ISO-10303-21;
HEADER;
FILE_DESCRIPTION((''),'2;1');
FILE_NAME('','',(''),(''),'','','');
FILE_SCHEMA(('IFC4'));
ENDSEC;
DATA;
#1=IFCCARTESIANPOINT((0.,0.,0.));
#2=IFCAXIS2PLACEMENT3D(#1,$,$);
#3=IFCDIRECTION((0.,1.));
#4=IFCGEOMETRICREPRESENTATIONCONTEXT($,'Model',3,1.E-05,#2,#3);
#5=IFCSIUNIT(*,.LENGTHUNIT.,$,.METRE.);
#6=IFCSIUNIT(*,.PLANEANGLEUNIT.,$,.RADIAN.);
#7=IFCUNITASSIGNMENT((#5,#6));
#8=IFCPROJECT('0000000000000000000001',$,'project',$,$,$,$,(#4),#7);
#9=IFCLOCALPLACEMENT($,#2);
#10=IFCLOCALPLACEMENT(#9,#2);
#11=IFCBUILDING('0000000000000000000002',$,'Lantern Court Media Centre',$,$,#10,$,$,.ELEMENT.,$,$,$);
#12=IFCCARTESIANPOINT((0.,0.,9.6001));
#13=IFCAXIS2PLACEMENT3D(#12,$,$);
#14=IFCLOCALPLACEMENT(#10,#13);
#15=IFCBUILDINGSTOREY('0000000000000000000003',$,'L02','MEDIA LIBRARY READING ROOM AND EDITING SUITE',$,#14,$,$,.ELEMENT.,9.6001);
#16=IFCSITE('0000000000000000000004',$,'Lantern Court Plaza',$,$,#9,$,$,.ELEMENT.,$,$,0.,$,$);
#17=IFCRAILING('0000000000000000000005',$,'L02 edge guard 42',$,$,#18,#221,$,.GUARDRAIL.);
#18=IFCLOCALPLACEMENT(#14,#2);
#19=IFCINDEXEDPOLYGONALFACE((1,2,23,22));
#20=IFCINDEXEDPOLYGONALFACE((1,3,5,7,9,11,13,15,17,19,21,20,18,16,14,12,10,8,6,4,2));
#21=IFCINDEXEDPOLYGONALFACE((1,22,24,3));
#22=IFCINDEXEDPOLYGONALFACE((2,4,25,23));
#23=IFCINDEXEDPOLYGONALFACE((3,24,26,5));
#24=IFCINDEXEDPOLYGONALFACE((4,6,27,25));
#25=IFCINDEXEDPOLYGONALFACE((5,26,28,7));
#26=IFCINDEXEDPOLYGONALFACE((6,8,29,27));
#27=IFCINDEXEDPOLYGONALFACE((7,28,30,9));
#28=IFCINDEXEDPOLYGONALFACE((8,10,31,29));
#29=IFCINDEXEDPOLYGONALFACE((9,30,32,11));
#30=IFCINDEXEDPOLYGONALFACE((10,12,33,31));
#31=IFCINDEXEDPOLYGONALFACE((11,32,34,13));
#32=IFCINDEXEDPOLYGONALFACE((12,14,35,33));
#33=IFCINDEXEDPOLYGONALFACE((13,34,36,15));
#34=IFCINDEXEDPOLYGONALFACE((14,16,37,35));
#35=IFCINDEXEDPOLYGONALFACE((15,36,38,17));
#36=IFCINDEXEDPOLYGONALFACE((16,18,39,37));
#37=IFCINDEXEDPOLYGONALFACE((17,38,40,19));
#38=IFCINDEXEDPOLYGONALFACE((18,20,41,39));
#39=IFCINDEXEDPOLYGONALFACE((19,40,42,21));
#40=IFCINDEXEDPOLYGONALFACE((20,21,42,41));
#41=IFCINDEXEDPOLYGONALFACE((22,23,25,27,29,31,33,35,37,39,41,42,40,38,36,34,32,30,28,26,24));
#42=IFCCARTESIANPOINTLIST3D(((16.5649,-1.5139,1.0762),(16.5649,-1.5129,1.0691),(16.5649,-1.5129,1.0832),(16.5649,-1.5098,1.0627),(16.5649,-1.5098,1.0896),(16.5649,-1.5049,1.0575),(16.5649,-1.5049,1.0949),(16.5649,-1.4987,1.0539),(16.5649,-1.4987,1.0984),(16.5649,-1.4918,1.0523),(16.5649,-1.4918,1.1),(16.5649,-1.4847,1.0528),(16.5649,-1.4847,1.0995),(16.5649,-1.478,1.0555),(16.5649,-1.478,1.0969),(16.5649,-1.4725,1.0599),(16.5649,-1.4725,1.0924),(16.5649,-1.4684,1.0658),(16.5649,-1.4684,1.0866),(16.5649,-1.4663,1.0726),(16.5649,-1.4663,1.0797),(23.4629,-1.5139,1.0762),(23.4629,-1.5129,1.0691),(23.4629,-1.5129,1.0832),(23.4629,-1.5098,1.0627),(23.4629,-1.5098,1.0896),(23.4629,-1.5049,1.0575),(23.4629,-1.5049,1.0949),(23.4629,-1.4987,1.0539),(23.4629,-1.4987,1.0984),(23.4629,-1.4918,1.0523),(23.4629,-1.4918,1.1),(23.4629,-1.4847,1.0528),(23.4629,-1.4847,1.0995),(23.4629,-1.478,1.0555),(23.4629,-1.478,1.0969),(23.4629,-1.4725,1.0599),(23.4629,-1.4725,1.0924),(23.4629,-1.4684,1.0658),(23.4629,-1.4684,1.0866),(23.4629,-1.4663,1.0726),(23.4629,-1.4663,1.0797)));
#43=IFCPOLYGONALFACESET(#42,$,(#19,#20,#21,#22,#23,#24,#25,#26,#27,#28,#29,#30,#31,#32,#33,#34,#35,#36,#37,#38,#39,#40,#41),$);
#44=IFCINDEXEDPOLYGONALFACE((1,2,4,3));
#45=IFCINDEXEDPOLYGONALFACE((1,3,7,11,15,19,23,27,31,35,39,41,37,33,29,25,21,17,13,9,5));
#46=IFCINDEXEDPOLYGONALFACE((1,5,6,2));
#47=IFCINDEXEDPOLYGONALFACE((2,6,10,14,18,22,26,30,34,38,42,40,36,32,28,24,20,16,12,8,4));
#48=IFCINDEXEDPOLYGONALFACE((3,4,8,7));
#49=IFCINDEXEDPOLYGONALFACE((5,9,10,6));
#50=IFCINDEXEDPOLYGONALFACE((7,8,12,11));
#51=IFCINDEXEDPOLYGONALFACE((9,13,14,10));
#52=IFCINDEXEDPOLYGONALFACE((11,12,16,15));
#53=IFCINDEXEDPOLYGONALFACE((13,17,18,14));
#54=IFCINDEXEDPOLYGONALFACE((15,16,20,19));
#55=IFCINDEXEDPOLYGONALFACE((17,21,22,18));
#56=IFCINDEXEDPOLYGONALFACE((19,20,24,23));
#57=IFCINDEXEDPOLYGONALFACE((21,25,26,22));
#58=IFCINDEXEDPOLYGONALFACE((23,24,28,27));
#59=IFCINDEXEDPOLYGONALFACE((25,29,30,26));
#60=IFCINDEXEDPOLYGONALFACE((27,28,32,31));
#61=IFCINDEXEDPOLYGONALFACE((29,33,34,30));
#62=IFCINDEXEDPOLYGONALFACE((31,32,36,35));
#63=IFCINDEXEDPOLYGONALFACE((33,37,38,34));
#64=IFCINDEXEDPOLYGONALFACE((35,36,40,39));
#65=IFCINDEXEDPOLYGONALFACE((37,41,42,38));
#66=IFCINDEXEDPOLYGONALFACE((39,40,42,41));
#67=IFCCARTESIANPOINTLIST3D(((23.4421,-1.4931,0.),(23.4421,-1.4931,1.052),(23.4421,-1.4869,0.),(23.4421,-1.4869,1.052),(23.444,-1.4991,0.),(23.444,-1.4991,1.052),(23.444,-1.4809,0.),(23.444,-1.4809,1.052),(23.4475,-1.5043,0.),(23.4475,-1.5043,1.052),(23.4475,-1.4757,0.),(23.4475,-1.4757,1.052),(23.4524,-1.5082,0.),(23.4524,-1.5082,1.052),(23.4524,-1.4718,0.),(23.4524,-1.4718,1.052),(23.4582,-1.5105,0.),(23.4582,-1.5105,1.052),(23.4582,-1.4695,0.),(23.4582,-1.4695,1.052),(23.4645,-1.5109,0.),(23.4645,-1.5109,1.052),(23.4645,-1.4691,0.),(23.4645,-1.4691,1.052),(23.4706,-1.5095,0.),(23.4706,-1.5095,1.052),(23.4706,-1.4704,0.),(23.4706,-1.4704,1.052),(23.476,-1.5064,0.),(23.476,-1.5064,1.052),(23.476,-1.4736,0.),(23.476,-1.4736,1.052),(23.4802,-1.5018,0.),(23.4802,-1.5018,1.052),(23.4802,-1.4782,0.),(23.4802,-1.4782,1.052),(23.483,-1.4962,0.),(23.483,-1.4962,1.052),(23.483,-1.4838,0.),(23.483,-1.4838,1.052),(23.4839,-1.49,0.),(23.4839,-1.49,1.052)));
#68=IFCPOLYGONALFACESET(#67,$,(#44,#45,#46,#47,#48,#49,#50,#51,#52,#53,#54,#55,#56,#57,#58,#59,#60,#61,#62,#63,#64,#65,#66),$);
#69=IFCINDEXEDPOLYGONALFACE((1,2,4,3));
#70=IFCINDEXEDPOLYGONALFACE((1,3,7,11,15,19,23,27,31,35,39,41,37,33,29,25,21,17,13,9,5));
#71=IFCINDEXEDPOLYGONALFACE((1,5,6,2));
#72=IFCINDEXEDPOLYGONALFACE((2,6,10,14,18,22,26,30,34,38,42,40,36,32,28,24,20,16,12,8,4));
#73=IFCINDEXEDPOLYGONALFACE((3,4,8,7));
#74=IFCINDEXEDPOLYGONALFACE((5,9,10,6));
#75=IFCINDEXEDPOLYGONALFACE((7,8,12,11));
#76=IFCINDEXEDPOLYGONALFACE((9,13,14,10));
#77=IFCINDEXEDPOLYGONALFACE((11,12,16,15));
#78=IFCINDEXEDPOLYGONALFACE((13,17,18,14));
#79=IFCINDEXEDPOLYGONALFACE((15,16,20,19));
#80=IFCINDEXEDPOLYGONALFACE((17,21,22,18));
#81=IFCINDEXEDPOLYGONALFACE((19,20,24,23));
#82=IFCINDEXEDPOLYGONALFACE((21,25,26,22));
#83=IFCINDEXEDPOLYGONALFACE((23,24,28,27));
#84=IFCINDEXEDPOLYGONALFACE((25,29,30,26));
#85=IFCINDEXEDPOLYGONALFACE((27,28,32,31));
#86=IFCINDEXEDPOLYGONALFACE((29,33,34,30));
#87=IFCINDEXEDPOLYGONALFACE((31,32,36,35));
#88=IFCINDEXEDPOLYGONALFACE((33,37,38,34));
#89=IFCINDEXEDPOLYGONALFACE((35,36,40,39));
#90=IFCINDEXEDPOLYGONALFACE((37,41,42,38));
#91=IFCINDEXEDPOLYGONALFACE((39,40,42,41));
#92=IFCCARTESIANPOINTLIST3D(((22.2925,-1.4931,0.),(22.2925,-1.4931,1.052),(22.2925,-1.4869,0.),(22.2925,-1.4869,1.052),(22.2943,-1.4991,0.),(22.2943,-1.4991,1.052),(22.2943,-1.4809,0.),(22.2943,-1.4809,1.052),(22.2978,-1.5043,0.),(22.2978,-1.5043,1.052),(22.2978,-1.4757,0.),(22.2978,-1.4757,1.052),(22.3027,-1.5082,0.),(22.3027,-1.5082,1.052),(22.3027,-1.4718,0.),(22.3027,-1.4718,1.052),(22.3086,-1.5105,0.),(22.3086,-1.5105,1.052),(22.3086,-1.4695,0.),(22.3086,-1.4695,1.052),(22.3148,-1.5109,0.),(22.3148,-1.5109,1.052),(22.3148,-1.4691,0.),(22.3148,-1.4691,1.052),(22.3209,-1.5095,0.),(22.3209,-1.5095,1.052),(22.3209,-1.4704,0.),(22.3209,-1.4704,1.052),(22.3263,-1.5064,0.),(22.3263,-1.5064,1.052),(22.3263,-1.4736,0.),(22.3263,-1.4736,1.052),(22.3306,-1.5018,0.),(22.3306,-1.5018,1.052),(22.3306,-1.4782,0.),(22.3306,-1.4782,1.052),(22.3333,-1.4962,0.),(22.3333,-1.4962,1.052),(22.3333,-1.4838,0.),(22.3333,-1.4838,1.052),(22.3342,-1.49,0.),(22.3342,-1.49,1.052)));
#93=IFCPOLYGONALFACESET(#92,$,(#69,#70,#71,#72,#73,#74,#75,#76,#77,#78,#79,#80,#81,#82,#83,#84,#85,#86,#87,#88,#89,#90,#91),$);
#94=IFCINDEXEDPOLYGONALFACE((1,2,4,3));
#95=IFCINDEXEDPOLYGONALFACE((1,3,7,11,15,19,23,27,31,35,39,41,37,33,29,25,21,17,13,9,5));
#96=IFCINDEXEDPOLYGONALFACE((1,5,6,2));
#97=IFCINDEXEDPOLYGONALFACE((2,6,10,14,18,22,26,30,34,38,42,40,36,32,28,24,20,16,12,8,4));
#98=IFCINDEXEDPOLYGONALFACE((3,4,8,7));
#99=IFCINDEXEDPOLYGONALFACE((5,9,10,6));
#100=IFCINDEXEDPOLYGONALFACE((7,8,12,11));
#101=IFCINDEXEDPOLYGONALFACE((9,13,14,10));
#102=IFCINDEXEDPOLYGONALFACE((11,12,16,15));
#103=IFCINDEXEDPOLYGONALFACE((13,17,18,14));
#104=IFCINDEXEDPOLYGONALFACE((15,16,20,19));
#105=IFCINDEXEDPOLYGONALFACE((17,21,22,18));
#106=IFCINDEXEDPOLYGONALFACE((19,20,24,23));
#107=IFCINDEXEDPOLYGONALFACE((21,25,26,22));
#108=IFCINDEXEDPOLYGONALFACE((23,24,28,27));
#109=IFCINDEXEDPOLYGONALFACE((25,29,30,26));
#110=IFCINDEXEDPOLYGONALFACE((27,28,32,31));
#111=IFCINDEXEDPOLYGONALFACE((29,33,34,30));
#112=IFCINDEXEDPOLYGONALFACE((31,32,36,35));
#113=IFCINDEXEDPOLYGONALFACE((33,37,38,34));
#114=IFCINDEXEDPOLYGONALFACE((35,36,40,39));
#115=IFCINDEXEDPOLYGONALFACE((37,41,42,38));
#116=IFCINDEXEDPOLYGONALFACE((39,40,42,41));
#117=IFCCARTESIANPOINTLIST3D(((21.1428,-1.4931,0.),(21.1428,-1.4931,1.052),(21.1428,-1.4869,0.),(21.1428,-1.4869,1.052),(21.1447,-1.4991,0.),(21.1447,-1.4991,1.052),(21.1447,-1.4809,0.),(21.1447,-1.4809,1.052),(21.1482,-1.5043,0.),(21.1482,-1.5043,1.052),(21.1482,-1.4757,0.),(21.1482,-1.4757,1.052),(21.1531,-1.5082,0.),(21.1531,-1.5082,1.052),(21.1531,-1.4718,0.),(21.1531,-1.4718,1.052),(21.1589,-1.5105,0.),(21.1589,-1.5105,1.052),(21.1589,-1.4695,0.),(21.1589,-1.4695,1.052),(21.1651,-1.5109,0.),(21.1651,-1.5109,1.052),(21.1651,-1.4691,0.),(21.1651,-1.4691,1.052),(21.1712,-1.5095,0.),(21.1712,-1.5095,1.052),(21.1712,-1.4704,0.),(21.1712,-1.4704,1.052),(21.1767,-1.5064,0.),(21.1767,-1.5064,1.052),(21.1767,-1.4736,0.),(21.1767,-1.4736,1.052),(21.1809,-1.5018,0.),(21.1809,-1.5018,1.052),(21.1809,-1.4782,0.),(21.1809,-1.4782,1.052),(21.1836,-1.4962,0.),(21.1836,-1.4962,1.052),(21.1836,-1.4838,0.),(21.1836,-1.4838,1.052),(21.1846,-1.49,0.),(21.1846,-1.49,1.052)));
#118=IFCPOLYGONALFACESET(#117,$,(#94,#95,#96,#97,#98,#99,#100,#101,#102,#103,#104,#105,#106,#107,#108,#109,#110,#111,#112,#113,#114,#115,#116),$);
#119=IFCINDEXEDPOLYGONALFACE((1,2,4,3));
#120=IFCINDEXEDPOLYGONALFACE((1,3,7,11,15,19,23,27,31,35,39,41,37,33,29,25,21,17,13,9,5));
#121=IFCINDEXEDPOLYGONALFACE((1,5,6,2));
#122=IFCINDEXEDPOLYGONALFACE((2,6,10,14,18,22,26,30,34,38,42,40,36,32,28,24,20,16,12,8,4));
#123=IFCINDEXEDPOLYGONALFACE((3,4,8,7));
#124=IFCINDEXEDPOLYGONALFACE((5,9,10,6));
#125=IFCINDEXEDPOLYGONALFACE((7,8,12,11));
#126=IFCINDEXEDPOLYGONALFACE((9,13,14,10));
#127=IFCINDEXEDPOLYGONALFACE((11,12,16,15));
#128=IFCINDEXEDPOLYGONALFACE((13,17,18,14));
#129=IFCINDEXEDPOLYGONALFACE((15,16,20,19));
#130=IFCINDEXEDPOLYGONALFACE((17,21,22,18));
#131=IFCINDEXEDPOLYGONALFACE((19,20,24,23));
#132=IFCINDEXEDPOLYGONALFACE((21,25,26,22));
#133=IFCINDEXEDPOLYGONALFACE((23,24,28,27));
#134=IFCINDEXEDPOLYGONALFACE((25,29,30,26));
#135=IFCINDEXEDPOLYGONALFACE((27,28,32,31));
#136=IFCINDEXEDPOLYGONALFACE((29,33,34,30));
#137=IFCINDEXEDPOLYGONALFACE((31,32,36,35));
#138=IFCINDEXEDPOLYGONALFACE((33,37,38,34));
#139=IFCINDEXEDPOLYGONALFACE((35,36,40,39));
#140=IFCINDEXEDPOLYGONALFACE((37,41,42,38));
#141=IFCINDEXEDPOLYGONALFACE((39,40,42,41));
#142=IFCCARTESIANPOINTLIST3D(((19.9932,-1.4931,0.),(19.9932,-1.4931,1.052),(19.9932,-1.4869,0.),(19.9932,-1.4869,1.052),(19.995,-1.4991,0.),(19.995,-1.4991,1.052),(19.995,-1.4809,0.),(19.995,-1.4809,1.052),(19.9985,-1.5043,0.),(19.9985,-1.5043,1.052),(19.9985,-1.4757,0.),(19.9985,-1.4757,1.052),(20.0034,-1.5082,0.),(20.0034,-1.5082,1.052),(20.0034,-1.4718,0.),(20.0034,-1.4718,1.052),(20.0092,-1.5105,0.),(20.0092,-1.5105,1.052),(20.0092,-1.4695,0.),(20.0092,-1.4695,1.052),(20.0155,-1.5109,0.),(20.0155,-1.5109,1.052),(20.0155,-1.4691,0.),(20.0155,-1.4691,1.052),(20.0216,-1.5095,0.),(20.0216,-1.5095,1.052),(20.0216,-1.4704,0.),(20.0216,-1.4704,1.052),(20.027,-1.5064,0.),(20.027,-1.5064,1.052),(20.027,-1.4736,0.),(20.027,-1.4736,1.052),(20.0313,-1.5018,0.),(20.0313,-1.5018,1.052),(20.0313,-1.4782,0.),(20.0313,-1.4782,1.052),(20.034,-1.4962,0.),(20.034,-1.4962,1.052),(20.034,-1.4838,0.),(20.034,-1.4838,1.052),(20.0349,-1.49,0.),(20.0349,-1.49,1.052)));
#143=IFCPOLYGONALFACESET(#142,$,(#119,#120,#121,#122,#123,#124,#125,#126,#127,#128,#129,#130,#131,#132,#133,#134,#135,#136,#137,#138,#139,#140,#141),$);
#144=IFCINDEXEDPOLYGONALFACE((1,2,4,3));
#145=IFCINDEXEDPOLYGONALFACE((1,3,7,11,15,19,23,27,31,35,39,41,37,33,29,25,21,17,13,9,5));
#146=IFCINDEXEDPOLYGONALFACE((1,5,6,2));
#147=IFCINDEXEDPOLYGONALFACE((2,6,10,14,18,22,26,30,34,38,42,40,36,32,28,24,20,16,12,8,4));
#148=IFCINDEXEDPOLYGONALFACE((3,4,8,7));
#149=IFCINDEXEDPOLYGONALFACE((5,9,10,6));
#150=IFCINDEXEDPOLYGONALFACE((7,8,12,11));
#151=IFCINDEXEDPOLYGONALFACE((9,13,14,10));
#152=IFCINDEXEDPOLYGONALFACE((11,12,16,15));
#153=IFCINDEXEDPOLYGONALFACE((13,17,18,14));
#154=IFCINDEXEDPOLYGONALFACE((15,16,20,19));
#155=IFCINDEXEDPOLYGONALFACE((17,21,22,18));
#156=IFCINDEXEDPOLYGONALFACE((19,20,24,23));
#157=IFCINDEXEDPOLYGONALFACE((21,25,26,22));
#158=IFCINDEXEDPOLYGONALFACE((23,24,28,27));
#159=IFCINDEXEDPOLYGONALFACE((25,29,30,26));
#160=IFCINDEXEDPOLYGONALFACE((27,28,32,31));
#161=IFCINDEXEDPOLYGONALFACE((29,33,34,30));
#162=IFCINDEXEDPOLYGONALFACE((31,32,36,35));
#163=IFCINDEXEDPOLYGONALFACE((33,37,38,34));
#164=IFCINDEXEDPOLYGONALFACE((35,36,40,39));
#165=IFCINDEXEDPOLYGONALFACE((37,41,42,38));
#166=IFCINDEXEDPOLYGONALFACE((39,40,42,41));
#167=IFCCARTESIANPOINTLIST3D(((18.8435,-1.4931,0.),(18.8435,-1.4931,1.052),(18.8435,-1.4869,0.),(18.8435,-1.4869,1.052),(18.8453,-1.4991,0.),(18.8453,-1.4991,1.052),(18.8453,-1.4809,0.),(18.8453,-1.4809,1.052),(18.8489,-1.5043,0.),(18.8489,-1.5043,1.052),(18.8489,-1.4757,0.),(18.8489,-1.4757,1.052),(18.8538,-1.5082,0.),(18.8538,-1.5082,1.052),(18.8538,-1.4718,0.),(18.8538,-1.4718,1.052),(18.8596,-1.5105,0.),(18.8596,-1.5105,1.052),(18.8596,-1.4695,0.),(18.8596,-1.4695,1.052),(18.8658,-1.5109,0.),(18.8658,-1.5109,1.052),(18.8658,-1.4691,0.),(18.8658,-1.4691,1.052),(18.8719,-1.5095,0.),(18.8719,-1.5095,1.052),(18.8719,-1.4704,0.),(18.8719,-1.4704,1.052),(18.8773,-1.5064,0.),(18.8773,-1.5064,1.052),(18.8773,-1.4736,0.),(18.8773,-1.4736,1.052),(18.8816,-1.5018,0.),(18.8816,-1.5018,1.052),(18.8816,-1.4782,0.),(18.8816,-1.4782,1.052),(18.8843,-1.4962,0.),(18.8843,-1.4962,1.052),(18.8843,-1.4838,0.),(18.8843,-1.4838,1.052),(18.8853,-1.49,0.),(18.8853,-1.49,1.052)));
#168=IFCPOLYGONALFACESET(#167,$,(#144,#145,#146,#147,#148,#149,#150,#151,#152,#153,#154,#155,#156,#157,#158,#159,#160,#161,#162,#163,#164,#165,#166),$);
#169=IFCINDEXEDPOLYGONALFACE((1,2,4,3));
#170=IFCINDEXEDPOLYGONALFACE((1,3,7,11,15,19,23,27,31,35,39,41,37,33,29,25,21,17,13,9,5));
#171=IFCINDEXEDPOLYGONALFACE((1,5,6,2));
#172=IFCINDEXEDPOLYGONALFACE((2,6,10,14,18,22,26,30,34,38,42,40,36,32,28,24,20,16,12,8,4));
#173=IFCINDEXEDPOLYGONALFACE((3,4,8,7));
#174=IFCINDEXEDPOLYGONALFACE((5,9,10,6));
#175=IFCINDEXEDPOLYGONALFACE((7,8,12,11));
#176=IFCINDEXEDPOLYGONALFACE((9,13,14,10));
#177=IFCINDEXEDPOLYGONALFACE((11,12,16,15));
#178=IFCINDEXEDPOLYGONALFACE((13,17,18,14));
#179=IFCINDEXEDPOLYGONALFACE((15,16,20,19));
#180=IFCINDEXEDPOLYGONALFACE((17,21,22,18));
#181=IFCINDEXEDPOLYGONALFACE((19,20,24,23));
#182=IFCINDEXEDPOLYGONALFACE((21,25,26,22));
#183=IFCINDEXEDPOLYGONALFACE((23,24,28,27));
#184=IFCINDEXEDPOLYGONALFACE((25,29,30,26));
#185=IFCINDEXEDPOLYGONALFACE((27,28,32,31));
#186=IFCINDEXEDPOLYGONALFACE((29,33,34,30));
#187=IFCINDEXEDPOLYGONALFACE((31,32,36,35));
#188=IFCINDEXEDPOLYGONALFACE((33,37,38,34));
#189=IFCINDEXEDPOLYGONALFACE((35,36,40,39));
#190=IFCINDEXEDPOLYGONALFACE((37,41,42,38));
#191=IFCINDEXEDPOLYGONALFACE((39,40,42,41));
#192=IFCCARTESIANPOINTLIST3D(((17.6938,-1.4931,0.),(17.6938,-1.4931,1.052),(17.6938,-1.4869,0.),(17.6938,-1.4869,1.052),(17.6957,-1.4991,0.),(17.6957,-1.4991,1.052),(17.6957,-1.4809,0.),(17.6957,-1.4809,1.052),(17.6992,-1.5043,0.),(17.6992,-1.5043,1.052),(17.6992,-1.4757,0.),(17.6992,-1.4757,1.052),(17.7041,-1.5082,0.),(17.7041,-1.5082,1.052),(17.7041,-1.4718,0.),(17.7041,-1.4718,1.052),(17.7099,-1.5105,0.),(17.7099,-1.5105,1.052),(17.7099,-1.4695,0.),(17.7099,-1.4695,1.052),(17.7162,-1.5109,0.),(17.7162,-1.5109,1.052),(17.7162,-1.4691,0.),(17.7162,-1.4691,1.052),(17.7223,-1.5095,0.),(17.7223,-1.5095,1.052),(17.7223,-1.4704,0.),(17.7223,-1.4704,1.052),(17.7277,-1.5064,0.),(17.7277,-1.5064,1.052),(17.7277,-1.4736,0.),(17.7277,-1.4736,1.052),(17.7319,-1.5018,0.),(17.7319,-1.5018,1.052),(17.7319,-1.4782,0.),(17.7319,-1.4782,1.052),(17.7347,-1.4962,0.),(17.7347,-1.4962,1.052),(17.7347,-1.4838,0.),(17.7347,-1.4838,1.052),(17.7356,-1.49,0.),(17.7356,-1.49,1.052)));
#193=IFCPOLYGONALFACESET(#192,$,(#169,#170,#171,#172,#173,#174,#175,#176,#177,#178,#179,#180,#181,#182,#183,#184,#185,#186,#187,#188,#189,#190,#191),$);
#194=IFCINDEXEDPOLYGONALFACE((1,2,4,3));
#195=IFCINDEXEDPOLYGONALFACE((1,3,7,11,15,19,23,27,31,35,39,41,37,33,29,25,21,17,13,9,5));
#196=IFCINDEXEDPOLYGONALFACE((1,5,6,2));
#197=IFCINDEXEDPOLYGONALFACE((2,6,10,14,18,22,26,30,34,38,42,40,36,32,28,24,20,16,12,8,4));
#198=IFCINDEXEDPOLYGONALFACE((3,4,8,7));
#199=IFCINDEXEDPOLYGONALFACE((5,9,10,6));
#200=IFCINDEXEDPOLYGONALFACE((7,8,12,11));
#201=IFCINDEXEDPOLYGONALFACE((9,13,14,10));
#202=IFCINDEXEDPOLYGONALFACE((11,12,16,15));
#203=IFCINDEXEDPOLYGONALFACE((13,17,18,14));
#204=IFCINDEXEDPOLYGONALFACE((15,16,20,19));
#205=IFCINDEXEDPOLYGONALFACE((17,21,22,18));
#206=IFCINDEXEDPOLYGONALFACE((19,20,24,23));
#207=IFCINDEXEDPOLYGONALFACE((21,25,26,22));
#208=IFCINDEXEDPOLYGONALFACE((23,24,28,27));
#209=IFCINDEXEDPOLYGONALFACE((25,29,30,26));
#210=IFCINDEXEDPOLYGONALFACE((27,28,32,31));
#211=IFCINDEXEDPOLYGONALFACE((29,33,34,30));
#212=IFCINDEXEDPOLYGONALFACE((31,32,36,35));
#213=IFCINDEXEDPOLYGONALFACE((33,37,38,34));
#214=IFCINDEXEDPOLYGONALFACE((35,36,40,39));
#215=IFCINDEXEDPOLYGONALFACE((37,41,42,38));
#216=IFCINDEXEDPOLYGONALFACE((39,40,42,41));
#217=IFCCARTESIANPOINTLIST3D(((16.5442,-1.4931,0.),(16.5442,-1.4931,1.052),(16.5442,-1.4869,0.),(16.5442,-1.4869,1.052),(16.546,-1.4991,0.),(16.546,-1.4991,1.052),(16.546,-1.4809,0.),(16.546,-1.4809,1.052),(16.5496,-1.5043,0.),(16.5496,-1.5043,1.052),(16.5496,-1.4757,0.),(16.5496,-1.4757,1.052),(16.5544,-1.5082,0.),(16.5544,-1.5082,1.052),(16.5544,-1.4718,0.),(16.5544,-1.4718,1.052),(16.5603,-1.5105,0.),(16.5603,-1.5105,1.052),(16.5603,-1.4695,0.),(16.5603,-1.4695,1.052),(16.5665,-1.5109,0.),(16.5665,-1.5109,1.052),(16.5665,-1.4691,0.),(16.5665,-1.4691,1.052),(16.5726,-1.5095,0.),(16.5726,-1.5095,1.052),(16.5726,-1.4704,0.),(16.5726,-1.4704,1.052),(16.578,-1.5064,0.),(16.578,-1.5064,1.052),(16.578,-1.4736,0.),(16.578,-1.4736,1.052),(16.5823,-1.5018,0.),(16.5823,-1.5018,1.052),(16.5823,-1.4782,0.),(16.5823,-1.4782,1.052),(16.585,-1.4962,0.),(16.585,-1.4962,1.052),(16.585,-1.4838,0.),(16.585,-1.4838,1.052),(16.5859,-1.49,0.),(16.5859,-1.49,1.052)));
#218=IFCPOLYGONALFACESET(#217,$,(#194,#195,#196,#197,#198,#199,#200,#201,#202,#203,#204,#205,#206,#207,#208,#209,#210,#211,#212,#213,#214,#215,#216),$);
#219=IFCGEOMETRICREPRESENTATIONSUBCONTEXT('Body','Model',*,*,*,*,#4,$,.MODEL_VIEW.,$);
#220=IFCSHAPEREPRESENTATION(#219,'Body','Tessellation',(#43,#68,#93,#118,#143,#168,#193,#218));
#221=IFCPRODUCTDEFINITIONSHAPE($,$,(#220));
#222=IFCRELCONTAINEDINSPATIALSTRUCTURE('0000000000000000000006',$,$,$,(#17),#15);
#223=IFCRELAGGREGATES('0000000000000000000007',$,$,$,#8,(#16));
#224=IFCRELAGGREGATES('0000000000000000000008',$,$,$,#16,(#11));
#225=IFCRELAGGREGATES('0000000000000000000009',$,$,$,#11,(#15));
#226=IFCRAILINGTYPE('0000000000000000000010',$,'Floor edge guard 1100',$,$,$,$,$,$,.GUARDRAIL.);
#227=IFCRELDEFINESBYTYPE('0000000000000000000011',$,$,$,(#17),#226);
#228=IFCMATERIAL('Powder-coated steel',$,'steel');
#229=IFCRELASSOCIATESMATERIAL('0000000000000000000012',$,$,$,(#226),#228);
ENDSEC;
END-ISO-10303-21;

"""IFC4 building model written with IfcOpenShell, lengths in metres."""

from ifc_helpers import new_model, si_unit, direction, frame, origin, origin_2d, place, context, subcontext, project, spatial, circle, extrude, material, type_object, element, save


model = new_model("IFC4")

# Units and contexts
model_context = context("Model", 3, precision=1e-05, world=origin(), true_north=direction((0.0, 1.0)))
body_context = subcontext(model_context, "Body", "Model", "MODEL_VIEW")
ifc_project = project(units=[si_unit("LENGTHUNIT", "METRE"), si_unit("PLANEANGLEUNIT", "RADIAN")], contexts=[model_context])

# Site, building, storey
site_placement = place(None, origin())
site = spatial("IfcSite", under=ifc_project, at=site_placement, Name="Lantern Court Plaza", CompositionType="ELEMENT", RefElevation=0.0)
building_placement = place(site_placement, origin())
building = spatial("IfcBuilding", under=site, at=building_placement, Name="Lantern Court Media Centre", CompositionType="ELEMENT")
storey_placement = place(building_placement, frame((0.0, 0.0, 9.6001)))
storey = spatial("IfcBuildingStorey", under=building, at=storey_placement, Name="L02", Description="MEDIA LIBRARY READING ROOM AND EDITING SUITE", CompositionType="ELEMENT", Elevation=9.6001)

# Railing
ifc_material_1 = material(Name="Powder-coated steel", Category="steel")
railing_type = type_object("IfcRailingType", Name="Floor edge guard 1100", PredefinedType="GUARDRAIL", material=ifc_material_1)
railing_placement = place(storey_placement, frame((23.4629, -1.49, 0.0)))
element("IfcRailing", 1, at=railing_placement, inside=storey, type_object=railing_type, Name="L02 edge guard 42", PredefinedType="GUARDRAIL", context=body_context, shape_type="SweptSolid", body=[
    extrude(circle(Radius=0.0239, at=origin_2d()), frame((0.0, 0.0, 1.0762), z_axis=(-1.0, 0.0, 0.0), x_axis=(0.0, -1.0, 0.0)), (0.0, 0.0, 1.0), 6.8979),
    extrude(circle(Radius=0.021, at=origin_2d()), origin(), (0.0, 0.0, 1.0), 1.052),
    extrude(circle(Radius=0.021, at=origin_2d()), frame((-1.1497, 0.0, 0.0)), (0.0, 0.0, 1.0), 1.052),
    extrude(circle(Radius=0.021, at=origin_2d()), frame((-2.2993, 0.0, 0.0)), (0.0, 0.0, 1.0), 1.052),
    extrude(circle(Radius=0.021, at=origin_2d()), frame((-3.449, 0.0, 0.0)), (0.0, 0.0, 1.0), 1.052),
    extrude(circle(Radius=0.021, at=origin_2d()), frame((-4.5986, 0.0, 0.0)), (0.0, 0.0, 1.0), 1.052),
    extrude(circle(Radius=0.021, at=origin_2d()), frame((-5.7483, 0.0, 0.0)), (0.0, 0.0, 1.0), 1.052),
    extrude(circle(Radius=0.021, at=origin_2d()), frame((-6.8979, 0.0, 0.0)), (0.0, 0.0, 1.0), 1.052),
])

save(model, "model.ifc")
